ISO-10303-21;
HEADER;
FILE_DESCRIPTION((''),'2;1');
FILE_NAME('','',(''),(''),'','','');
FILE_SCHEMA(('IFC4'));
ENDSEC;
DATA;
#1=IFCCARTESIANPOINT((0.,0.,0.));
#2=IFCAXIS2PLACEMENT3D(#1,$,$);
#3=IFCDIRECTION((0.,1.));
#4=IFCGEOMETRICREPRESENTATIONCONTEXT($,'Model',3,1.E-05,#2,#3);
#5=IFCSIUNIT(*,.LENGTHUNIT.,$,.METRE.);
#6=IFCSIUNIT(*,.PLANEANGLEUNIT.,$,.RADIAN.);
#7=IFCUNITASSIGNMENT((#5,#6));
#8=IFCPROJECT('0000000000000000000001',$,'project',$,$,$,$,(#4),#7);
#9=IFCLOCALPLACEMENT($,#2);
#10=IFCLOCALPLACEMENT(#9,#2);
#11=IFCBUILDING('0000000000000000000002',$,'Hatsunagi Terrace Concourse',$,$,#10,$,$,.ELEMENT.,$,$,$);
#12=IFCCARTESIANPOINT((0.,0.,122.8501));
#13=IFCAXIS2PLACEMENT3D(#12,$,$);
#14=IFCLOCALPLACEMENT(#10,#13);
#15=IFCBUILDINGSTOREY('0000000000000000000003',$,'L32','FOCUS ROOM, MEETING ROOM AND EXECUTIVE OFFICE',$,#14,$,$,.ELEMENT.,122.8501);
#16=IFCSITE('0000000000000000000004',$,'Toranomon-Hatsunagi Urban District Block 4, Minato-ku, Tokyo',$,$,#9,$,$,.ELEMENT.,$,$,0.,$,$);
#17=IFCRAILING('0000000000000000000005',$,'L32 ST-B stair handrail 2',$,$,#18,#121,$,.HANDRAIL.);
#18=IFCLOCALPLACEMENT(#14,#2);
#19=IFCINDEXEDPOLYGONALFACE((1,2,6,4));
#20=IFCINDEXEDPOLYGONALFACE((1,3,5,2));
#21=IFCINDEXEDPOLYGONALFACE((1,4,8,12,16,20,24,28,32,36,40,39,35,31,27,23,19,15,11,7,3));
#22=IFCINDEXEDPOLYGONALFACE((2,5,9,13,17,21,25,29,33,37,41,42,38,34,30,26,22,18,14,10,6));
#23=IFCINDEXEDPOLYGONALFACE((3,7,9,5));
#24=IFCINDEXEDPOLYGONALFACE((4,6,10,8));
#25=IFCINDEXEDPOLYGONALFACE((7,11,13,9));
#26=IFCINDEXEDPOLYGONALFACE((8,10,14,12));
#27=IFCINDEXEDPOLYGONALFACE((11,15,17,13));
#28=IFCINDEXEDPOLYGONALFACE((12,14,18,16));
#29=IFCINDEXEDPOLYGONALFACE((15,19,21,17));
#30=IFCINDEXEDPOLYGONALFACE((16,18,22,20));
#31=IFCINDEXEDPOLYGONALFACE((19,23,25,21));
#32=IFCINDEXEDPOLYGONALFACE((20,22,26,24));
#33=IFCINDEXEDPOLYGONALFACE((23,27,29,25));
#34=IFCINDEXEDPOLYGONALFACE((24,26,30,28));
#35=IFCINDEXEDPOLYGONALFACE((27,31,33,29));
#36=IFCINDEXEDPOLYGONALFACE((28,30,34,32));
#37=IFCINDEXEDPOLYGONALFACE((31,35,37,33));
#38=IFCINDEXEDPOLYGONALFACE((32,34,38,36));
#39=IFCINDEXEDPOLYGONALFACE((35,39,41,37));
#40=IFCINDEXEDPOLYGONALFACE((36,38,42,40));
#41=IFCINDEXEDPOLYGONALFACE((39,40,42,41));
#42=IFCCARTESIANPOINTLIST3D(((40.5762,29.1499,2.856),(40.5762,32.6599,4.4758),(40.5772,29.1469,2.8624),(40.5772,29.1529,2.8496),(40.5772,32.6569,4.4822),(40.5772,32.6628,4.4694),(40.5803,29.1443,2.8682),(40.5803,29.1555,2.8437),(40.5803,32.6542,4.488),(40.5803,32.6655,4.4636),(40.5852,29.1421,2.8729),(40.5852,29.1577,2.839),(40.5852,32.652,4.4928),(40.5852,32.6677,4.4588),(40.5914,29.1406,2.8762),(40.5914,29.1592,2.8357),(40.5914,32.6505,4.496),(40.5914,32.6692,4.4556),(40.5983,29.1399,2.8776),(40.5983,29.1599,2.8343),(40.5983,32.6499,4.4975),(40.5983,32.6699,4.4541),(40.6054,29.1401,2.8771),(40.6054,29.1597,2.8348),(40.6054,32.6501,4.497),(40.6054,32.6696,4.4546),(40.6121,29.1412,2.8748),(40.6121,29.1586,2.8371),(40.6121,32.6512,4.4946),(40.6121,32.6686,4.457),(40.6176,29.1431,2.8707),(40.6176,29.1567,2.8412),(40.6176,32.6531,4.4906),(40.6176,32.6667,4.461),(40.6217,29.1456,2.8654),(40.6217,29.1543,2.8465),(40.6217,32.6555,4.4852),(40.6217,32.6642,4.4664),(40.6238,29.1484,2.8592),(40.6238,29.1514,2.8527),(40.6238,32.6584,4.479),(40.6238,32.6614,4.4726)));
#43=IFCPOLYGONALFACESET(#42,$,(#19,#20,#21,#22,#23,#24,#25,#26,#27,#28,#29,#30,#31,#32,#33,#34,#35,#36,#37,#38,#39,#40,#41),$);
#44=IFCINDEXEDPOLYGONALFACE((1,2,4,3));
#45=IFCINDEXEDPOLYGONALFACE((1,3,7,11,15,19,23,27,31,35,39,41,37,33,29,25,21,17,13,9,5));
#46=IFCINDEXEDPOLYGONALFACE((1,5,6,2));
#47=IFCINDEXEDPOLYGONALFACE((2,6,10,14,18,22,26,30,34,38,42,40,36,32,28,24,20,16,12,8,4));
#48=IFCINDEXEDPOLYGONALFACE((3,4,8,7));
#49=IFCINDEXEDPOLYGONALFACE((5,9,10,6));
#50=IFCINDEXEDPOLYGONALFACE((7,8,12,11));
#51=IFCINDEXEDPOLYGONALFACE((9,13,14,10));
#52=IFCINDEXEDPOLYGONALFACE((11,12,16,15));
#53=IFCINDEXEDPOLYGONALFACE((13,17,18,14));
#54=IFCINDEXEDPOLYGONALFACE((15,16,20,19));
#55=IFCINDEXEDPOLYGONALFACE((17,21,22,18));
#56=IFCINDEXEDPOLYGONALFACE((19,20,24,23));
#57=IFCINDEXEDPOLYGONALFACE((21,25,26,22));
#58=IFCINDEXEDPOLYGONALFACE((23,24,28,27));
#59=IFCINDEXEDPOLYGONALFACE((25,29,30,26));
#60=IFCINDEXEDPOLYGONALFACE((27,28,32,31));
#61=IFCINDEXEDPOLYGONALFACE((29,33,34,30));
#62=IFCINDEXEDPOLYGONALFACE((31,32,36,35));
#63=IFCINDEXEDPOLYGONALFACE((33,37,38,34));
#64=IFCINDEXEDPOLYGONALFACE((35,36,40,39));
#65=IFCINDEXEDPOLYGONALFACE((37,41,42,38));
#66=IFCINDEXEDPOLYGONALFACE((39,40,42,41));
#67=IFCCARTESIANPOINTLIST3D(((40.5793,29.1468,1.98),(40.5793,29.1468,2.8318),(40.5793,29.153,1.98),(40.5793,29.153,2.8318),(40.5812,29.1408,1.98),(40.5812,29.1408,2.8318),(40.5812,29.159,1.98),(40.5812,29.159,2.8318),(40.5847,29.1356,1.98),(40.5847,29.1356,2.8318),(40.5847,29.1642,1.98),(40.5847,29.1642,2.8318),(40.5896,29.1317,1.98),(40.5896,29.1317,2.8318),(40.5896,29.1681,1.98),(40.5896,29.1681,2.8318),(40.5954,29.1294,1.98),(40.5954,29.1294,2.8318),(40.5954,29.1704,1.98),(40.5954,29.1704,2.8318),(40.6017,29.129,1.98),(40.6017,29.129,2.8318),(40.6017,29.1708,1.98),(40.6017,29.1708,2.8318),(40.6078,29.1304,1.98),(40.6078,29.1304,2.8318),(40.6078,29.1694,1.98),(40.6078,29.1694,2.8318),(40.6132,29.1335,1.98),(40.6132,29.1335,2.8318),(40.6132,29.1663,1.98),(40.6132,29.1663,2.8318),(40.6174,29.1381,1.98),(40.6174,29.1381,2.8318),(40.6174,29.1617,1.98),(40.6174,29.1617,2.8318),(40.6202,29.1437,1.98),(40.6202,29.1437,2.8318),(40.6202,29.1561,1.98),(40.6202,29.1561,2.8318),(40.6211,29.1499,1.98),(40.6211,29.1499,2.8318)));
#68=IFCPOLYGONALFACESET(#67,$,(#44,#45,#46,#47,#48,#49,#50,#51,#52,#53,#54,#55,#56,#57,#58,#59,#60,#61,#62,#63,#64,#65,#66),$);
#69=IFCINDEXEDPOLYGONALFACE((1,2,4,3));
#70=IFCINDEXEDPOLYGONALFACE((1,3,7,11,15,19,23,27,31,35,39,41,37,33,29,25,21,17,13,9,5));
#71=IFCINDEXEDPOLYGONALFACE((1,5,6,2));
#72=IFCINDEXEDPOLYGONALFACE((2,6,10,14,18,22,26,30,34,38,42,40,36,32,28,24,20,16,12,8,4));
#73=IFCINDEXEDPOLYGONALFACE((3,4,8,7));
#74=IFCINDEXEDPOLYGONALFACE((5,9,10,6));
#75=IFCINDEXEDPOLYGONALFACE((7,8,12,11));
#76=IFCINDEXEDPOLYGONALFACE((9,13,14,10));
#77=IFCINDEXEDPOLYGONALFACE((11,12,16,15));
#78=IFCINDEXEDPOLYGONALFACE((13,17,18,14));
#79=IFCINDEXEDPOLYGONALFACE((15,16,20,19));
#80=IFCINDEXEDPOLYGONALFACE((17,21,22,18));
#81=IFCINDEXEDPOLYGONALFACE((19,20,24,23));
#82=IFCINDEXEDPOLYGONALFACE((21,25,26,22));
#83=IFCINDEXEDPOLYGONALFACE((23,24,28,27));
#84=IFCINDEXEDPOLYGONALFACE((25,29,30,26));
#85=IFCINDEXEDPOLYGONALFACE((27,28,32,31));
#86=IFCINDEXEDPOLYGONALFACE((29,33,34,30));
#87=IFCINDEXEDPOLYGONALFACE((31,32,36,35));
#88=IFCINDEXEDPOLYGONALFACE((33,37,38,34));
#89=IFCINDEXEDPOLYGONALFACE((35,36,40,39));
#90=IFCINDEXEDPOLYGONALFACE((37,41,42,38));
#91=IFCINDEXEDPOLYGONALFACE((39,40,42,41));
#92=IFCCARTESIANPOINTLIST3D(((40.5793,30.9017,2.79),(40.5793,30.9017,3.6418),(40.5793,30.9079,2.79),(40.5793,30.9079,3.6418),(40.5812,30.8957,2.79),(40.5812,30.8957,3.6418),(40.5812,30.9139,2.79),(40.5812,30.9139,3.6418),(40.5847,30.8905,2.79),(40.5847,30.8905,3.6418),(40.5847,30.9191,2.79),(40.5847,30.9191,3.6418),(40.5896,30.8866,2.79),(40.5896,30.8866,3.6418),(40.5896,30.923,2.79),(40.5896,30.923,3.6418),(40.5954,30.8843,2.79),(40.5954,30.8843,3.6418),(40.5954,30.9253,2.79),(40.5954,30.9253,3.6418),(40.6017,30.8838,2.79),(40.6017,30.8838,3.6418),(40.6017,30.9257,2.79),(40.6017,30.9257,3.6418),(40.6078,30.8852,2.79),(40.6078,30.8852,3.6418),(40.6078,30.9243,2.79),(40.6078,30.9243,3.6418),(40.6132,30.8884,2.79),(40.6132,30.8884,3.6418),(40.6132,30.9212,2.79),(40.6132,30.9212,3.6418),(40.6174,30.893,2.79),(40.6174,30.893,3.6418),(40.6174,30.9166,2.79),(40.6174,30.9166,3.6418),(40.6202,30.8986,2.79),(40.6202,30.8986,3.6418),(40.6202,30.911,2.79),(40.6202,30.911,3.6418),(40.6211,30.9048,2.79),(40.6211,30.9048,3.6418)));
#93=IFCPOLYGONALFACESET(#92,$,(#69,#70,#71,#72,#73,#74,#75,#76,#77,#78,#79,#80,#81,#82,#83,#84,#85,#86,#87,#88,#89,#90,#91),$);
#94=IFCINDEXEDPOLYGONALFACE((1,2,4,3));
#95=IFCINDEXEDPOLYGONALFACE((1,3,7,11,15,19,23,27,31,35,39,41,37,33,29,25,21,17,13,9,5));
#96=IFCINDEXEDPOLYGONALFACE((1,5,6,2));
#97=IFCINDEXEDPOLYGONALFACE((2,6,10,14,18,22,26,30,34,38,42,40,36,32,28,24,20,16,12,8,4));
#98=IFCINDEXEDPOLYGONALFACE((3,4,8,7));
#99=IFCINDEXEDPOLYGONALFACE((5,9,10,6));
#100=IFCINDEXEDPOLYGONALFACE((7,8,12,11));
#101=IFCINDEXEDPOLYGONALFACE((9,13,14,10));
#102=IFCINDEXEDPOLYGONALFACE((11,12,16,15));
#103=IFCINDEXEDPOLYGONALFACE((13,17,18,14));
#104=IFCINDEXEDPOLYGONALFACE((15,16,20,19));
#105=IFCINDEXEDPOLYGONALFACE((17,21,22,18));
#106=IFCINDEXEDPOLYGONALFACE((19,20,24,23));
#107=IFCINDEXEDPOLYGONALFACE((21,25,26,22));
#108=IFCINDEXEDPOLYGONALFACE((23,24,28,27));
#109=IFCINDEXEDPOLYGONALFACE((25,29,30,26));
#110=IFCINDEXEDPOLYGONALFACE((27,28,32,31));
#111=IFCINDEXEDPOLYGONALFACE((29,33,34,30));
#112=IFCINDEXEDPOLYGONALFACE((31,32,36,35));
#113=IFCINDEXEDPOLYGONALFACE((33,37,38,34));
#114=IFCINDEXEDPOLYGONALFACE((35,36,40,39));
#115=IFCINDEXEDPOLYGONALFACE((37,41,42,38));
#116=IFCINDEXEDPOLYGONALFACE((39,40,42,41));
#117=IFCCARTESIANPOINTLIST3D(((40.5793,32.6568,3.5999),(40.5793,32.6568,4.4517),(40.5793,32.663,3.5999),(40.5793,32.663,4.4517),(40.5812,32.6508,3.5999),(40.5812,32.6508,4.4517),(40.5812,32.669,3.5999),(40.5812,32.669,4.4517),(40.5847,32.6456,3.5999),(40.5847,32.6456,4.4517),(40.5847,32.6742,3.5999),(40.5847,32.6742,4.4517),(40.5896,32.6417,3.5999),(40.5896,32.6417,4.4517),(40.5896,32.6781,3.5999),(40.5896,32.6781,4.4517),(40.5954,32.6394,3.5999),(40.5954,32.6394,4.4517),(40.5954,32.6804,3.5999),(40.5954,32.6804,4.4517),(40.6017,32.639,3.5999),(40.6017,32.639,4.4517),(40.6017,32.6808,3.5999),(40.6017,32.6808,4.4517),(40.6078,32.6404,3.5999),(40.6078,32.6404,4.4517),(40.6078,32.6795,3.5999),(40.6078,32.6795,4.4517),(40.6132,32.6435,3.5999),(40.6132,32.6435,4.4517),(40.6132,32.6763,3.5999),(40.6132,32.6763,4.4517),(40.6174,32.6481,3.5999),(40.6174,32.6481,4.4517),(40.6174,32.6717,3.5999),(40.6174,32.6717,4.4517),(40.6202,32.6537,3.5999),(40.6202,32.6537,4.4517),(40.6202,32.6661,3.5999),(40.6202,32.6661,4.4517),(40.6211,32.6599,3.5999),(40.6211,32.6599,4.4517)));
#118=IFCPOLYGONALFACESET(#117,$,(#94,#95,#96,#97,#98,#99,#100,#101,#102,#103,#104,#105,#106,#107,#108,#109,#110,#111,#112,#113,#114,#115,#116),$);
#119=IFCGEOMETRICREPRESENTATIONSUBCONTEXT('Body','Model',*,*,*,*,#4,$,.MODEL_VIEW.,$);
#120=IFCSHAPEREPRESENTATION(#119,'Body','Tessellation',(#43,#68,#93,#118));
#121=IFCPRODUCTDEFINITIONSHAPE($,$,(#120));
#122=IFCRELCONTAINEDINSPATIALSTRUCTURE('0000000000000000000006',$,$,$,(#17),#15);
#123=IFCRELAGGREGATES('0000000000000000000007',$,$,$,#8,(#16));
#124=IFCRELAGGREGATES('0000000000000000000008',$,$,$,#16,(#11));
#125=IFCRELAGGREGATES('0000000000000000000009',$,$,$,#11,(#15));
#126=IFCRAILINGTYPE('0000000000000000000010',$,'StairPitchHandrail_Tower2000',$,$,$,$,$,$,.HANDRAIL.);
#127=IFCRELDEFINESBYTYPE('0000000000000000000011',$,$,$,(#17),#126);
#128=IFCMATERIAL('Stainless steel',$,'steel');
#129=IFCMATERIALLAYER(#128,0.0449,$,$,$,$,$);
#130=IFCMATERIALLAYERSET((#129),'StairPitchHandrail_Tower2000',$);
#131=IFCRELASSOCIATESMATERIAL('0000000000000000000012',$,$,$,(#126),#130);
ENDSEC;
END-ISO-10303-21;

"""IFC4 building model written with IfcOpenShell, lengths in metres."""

from ifc_helpers import new_model, si_unit, direction, frame, origin, origin_2d, place, context, subcontext, project, spatial, circle, extrude, material, layer, layer_set, type_object, element, save


model = new_model("IFC4")

# Units and contexts
model_context = context("Model", 3, precision=1e-05, world=origin(), true_north=direction((0.0, 1.0)))
body_context = subcontext(model_context, "Body", "Model", "MODEL_VIEW")
ifc_project = project(units=[si_unit("LENGTHUNIT", "METRE"), si_unit("PLANEANGLEUNIT", "RADIAN")], contexts=[model_context])

# Site, building, storey
site_placement = place(None, origin())
site = spatial("IfcSite", under=ifc_project, at=site_placement, Name="Toranomon-Hatsunagi Urban District Block 4, Minato-ku, Tokyo", CompositionType="ELEMENT", RefElevation=0.0)
building_placement = place(site_placement, origin())
building = spatial("IfcBuilding", under=site, at=building_placement, Name="Hatsunagi Terrace Concourse", CompositionType="ELEMENT")
storey_placement = place(building_placement, frame((0.0, 0.0, 122.8501)))
storey = spatial("IfcBuildingStorey", under=building, at=storey_placement, Name="L32", Description="FOCUS ROOM, MEETING ROOM AND EXECUTIVE OFFICE", CompositionType="ELEMENT", Elevation=122.8501)

# Railing
ifc_material_1 = material(Name="Stainless steel", Category="steel")
ifc_layer_1 = layer(ifc_material_1, 0.0449)
ifc_layer_set_1 = layer_set([ifc_layer_1], Name="StairPitchHandrail_Tower2000")
railing_type_1 = type_object("IfcRailingType", Name="StairPitchHandrail_Tower2000", PredefinedType="HANDRAIL", material=ifc_layer_set_1)
railing_1_placement = place(storey_placement, frame((40.6001, 29.1499, 1.98)))
element("IfcRailing", 1, at=railing_1_placement, inside=storey, type_object=railing_type_1, Name="L32 ST-B stair handrail 2", PredefinedType="HANDRAIL", context=body_context, shape_type="SweptSolid", body=[
    extrude(circle(Radius=0.0239, at=origin_2d()), frame((0.0, 0.0, 0.876), z_axis=(0.0, 0.907972, 0.41903), x_axis=(-1.0, 0.0, 0.0)), (0.0, 0.0, 1.0), 3.8657),
    extrude(circle(Radius=0.021, at=origin_2d()), origin(), (0.0, 0.0, 1.0), 0.8518),
    extrude(circle(Radius=0.021, at=origin_2d()), frame((0.0, 1.7549, 0.8101)), (0.0, 0.0, 1.0), 0.8518),
    extrude(circle(Radius=0.021, at=origin_2d()), frame((0.0, 3.51, 1.6199)), (0.0, 0.0, 1.0), 0.8518),
])

save(model, "model.ifc")
